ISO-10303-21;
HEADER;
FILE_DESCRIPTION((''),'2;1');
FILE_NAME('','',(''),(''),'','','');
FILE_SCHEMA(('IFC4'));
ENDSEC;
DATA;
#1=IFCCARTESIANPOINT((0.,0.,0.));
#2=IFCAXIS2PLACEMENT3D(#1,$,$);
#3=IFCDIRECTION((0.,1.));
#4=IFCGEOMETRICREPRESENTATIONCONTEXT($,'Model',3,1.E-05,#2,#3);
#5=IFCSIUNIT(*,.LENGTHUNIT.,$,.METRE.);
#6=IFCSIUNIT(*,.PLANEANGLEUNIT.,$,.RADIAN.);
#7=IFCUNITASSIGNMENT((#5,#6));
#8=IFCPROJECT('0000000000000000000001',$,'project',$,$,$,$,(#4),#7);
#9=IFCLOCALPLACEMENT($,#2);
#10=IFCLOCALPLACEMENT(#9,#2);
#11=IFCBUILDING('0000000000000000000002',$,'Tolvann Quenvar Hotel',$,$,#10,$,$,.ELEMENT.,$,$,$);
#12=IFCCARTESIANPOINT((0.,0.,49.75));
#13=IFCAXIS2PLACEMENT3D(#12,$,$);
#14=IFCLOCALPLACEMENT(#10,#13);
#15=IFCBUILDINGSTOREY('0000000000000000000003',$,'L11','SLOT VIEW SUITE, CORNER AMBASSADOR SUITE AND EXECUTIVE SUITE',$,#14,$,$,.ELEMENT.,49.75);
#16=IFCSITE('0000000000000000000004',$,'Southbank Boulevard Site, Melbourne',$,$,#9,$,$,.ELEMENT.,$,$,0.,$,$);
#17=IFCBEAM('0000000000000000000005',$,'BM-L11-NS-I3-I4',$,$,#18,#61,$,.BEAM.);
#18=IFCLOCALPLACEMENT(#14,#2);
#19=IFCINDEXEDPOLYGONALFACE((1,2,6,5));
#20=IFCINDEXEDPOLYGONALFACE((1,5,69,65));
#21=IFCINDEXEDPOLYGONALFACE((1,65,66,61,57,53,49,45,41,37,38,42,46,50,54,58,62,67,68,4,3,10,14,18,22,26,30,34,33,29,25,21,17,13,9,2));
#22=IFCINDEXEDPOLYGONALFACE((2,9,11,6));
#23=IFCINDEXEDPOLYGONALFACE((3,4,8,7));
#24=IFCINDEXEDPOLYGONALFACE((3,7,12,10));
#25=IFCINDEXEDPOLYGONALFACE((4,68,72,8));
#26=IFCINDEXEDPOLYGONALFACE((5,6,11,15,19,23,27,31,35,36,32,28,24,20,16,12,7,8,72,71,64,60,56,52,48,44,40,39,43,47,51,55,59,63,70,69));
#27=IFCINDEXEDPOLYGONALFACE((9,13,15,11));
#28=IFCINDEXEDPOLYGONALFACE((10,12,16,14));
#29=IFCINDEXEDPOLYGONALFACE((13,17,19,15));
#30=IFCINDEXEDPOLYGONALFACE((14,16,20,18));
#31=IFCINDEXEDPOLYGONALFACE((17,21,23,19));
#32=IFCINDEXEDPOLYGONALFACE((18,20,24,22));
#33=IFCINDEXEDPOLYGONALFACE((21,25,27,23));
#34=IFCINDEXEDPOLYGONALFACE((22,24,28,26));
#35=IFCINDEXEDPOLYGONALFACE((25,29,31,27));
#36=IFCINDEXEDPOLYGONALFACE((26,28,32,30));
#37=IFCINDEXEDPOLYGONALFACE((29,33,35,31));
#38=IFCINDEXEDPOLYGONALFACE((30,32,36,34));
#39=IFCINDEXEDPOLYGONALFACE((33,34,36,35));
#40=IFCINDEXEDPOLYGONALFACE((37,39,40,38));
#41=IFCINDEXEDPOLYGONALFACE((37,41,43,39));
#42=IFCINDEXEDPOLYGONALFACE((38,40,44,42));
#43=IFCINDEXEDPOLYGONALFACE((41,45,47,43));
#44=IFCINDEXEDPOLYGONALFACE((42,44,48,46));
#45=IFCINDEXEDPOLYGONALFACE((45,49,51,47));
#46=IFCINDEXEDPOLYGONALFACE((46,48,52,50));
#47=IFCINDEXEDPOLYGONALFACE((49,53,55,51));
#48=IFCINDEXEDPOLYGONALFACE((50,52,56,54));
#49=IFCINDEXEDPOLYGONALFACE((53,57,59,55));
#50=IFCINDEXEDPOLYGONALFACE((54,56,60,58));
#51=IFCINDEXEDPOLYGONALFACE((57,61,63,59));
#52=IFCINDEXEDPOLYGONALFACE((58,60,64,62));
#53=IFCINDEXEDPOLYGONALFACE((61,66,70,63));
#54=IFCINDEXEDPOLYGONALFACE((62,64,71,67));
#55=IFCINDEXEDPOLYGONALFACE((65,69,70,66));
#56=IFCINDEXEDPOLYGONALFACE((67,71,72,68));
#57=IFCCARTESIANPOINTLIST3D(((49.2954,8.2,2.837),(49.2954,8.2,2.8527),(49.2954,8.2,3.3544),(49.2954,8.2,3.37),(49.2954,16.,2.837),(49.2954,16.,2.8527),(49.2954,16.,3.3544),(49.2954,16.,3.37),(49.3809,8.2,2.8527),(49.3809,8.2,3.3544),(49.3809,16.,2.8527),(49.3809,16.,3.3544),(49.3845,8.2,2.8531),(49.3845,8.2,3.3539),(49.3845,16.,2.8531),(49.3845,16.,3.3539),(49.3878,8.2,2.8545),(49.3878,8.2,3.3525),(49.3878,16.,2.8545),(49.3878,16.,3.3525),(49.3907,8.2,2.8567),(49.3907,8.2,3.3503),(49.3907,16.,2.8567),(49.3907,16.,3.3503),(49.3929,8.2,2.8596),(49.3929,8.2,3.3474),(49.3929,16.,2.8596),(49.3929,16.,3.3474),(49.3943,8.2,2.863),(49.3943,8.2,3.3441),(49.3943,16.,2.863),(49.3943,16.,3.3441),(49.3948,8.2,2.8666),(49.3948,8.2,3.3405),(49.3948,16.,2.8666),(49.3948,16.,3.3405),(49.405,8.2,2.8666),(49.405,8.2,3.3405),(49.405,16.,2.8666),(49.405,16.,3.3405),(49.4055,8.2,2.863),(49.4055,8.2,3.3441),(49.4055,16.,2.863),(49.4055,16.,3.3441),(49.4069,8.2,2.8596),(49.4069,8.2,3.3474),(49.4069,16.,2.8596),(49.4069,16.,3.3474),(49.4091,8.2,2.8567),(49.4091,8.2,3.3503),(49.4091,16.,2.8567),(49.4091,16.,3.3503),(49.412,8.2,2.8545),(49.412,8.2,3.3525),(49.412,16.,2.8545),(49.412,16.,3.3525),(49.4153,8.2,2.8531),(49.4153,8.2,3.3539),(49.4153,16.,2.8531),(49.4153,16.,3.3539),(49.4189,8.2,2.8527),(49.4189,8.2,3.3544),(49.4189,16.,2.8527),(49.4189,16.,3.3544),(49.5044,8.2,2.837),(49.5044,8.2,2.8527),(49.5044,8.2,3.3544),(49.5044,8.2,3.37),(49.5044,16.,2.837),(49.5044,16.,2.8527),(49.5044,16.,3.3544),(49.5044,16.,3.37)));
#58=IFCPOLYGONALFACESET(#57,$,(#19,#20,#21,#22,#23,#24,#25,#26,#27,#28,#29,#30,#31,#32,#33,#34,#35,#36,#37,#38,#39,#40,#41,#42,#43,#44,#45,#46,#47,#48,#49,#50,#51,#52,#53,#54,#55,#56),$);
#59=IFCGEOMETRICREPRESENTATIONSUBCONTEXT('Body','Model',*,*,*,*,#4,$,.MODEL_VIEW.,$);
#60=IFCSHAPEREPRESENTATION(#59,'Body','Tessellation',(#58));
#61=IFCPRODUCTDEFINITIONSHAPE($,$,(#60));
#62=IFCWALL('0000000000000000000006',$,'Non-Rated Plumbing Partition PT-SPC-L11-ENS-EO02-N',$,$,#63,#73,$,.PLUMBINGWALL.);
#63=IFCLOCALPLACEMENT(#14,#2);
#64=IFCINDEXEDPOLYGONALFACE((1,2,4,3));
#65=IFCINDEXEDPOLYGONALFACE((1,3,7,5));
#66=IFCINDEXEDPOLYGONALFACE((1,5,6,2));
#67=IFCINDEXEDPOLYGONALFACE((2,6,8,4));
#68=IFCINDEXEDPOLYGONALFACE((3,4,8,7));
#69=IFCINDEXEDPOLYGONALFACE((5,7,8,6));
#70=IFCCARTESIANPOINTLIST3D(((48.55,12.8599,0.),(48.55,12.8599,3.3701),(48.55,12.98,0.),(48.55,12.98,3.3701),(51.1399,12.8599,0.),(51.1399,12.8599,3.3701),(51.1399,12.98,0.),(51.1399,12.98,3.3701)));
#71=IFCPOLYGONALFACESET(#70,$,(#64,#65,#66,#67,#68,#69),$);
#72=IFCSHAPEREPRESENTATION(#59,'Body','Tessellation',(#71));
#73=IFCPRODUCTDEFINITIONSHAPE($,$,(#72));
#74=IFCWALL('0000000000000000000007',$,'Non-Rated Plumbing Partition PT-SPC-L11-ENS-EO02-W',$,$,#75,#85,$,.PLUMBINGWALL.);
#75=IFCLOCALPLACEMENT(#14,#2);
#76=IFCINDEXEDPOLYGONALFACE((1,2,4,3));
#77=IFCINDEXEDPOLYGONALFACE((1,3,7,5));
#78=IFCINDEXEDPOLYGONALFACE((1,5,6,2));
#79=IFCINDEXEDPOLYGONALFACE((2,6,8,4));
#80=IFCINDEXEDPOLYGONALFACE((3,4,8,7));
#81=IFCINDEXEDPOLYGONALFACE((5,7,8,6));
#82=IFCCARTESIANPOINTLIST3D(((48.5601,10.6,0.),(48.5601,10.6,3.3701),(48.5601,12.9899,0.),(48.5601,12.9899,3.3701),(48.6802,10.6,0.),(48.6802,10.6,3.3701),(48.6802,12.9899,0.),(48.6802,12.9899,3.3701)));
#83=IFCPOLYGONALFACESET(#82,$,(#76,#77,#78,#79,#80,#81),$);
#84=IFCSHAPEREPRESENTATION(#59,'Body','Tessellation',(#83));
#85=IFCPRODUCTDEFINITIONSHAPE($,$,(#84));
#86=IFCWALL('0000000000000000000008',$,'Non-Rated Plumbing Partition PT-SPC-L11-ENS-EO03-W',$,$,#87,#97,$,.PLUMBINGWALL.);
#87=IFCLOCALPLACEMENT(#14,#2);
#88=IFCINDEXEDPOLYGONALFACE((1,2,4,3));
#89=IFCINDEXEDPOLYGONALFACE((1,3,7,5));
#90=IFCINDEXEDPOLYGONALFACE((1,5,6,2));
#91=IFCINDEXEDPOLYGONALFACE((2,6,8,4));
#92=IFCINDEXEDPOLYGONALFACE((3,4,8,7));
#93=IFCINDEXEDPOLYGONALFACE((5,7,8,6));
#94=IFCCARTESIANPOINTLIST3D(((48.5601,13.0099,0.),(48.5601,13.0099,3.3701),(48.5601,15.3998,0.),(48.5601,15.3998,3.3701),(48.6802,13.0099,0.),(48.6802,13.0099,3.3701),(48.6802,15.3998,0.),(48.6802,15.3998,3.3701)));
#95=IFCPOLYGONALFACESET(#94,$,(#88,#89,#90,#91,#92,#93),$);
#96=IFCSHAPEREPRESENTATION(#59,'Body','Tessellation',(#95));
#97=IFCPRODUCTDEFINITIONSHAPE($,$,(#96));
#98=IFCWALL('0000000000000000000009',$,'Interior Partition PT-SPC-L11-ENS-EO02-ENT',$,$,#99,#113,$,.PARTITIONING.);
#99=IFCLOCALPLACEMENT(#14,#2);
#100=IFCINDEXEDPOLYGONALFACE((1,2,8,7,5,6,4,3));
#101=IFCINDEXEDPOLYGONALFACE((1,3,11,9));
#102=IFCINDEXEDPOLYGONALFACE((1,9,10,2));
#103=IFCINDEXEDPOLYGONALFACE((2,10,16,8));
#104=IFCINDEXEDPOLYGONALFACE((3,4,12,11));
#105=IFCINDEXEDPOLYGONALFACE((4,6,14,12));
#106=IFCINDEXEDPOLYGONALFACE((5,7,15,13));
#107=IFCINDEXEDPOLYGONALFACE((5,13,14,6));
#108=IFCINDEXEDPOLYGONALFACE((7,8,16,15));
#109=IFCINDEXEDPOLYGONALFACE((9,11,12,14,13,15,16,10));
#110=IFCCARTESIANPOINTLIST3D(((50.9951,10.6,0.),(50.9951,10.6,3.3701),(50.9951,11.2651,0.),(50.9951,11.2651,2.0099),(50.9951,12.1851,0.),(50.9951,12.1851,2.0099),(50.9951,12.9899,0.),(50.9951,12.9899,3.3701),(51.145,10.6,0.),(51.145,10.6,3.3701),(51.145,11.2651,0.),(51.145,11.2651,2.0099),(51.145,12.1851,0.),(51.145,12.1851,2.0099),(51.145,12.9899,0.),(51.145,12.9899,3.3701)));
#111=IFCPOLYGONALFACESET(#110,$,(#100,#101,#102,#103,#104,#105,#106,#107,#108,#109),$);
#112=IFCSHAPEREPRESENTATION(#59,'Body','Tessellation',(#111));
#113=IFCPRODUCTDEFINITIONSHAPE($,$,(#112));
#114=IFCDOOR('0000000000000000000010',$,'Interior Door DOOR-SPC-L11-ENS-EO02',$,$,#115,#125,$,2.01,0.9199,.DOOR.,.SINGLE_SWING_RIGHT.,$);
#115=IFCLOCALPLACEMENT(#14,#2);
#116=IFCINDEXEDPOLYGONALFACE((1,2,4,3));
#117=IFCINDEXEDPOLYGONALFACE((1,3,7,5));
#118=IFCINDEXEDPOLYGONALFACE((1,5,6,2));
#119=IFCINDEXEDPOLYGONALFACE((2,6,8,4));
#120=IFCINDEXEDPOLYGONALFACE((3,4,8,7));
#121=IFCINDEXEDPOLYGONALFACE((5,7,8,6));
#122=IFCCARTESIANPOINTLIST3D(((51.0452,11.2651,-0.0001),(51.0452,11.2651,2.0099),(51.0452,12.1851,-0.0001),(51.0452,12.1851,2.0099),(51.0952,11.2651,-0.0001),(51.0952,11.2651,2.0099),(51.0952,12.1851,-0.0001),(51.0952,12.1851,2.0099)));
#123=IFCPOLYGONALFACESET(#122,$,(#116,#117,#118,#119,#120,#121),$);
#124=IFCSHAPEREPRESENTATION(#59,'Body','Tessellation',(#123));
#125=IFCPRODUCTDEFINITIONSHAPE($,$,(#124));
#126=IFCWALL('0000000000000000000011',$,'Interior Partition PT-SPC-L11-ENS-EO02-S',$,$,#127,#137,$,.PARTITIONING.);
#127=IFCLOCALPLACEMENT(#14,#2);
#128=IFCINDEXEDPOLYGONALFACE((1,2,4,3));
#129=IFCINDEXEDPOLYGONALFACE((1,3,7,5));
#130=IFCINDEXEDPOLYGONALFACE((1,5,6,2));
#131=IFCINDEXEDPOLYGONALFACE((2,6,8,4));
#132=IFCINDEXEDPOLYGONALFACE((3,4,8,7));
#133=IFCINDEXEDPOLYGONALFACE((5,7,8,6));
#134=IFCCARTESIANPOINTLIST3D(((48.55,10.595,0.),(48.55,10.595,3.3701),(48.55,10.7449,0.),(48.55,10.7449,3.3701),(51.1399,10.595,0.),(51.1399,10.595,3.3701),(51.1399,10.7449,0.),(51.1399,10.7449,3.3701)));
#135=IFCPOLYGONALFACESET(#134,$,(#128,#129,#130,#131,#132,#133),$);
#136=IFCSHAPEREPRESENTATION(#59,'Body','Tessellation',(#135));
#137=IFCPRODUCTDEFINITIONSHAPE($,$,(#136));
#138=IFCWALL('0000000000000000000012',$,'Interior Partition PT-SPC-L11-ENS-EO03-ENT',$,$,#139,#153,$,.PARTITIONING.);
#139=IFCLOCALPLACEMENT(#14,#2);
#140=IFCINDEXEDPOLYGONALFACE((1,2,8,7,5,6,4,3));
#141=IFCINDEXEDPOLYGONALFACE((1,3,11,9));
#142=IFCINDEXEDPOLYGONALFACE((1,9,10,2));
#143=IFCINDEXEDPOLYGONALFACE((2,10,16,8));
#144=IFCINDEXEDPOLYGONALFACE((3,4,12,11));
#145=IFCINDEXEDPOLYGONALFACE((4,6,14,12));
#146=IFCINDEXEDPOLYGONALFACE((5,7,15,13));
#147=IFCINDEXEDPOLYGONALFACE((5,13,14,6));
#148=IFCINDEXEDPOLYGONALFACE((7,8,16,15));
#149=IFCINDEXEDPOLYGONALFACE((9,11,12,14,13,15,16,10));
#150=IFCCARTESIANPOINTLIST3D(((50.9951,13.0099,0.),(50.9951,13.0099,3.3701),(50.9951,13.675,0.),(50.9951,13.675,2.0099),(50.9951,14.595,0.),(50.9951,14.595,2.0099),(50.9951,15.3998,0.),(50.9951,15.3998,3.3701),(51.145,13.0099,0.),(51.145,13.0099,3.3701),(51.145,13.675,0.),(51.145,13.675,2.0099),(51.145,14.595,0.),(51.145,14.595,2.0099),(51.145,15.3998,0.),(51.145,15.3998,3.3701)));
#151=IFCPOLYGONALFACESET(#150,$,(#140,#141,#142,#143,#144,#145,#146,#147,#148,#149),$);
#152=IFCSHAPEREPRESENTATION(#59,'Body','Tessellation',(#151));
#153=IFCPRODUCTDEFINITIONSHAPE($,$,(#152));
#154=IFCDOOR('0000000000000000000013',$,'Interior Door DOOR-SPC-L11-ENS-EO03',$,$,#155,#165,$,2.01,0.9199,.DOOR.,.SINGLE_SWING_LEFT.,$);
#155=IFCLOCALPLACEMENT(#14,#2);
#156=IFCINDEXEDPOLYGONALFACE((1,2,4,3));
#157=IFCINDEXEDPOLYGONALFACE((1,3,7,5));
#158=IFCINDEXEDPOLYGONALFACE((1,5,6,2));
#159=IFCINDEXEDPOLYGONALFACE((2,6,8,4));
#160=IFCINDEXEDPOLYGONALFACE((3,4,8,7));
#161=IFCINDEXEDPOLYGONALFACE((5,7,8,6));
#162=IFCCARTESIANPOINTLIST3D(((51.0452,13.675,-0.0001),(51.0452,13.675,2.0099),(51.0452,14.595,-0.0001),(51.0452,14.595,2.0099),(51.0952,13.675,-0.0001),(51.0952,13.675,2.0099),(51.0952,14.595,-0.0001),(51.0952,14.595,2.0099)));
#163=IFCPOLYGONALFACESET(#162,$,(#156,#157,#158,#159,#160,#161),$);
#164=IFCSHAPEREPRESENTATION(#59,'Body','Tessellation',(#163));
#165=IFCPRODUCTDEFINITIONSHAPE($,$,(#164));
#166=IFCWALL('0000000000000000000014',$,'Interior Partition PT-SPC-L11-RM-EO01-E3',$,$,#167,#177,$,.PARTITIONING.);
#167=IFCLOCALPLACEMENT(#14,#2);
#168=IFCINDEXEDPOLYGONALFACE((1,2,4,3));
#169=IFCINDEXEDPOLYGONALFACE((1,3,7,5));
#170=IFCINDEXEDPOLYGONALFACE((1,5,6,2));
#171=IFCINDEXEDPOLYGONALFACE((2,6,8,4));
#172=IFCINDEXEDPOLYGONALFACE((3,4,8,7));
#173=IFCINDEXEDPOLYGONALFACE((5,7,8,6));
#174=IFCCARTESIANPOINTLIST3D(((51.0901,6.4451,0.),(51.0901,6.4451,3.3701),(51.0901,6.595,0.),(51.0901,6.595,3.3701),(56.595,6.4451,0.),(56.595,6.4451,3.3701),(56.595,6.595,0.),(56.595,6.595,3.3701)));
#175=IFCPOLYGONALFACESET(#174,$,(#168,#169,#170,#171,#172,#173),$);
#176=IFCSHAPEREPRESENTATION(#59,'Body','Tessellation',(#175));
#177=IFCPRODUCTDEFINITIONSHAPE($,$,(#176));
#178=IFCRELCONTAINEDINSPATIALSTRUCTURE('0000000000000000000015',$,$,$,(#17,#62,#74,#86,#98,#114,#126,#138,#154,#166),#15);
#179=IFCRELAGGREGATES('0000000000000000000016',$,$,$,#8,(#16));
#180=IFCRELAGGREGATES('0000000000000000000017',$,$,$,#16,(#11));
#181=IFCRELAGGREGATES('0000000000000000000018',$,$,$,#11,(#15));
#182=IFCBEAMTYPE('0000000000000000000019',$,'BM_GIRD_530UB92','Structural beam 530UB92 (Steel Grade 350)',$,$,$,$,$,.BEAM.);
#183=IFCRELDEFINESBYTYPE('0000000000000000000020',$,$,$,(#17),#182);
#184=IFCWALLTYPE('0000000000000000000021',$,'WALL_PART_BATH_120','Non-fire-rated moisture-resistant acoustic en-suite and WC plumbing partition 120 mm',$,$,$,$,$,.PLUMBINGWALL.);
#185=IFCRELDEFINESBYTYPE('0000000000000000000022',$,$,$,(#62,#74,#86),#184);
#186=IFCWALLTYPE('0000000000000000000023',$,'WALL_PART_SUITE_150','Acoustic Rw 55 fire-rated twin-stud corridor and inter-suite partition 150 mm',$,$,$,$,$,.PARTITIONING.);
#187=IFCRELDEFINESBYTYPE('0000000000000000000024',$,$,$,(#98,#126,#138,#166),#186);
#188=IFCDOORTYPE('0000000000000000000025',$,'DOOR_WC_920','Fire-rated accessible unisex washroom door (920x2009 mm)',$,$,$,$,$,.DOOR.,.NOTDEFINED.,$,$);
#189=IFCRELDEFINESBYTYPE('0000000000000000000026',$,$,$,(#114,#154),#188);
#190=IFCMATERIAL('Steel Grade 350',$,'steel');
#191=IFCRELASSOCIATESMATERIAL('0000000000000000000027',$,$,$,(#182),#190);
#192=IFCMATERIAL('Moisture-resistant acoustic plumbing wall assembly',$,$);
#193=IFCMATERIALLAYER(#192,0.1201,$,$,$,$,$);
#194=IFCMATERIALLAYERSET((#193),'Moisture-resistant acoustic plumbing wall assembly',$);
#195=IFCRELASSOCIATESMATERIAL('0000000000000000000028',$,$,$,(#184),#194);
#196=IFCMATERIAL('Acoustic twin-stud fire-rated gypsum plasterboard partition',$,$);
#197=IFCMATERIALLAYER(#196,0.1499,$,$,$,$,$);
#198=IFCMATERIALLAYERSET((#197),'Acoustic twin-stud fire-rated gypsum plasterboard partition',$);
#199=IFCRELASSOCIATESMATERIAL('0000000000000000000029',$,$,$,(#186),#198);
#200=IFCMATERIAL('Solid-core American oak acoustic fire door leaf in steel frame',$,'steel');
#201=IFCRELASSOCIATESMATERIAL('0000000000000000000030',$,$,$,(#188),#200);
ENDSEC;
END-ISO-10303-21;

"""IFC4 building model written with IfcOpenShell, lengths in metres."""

from ifc_helpers import new_model, si_unit, direction, frame, frame_2d, origin, origin_2d, place, context, subcontext, project, spatial, rectangle, i_section, extrude, source, transform, mapped, material, layer, layer_set, material_profile, profile_set, type_object, type_shapes, element, fill, save


model = new_model("IFC4")

# Units and contexts
model_context = context("Model", 3, precision=1e-05, world=origin(), true_north=direction((0.0, 1.0)))
body_context = subcontext(model_context, "Body", "Model", "MODEL_VIEW")
ifc_project = project(units=[si_unit("LENGTHUNIT", "METRE"), si_unit("PLANEANGLEUNIT", "RADIAN")], contexts=[model_context])

# Site, building, storey
site_placement = place(None, origin())
site = spatial("IfcSite", under=ifc_project, at=site_placement, Name="Southbank Boulevard Site, Melbourne", CompositionType="ELEMENT", RefElevation=0.0)
building_placement = place(site_placement, origin())
building = spatial("IfcBuilding", under=site, at=building_placement, Name="Tolvann Quenvar Hotel", CompositionType="ELEMENT")
storey_placement = place(building_placement, frame((0.0, 0.0, 49.75)))
storey = spatial("IfcBuildingStorey", under=building, at=storey_placement, Name="L11", Description="SLOT VIEW SUITE, CORNER AMBASSADOR SUITE AND EXECUTIVE SUITE", CompositionType="ELEMENT", Elevation=49.75)

# Shared definitions
ifc_material_1 = material(Name="Steel Grade 350", Category="steel")

# Beam
ifc_material_profile_1 = material_profile(ifc_material_1, i_section(OverallWidth=0.209, OverallDepth=0.533, WebThickness=0.0103, FlangeThickness=0.0156, FilletRadius=0.0139, at=origin_2d()), Name="530UB92")
ifc_profile_set_1 = profile_set([ifc_material_profile_1], Name="Steel Grade 350")
beam_type_1 = type_object("IfcBeamType", Name="BM_GIRD_530UB92", Description="Structural beam 530UB92 (Steel Grade 350)", PredefinedType="BEAM", material=ifc_profile_set_1)
shared_shape_1 = source(origin(), body_context, "Body", "SweptSolid", [
    extrude(i_section(OverallWidth=0.209, OverallDepth=0.533, WebThickness=0.0103, FlangeThickness=0.0156, FilletRadius=0.0139, at=origin_2d()), origin(), (0.0, 0.0, 1.0), 7.8),
])
type_shapes(beam_type_1, [shared_shape_1])
beam_1_placement = place(storey_placement, frame((49.3999, 8.2, 3.1035), z_axis=(0.0, 1.0, 0.0), x_axis=(-1.0, 0.0, 0.0)))
element("IfcBeam", 1, at=beam_1_placement, inside=storey, type_object=beam_type_1, Name="BM-L11-NS-I3-I4", PredefinedType="BEAM", context=body_context, shape_type="MappedRepresentation", body=[
    mapped(shared_shape_1, transform((0.0, 0.0, 0.0), x_axis=(1.0, 0.0, 0.0), y_axis=(0.0, 1.0, 0.0), z_axis=(0.0, 0.0, 1.0), scale=1.0)),
])

# Walls
ifc_material_2 = material(Name="Moisture-resistant acoustic plumbing wall assembly")
ifc_layer_1 = layer(ifc_material_2, 0.1201)
ifc_layer_set_1 = layer_set([ifc_layer_1], Name="Moisture-resistant acoustic plumbing wall assembly")
wall_type_1 = type_object("IfcWallType", Name="WALL_PART_BATH_120", Description="Non-fire-rated moisture-resistant acoustic en-suite and WC plumbing partition 120 mm", PredefinedType="PLUMBINGWALL", material=ifc_layer_set_1)
wall_1_placement = place(storey_placement, frame((48.55, 12.9199, 0.0), z_axis=(0.0, 0.0, 1.0), x_axis=(1.0, 0.0, 0.0)))
element("IfcWall", 2, at=wall_1_placement, inside=storey, type_object=wall_type_1, Name="Non-Rated Plumbing Partition PT-SPC-L11-ENS-EO02-N", PredefinedType="PLUMBINGWALL", context=body_context, shape_type="SweptSolid", body=[
    extrude(rectangle(XDim=2.5898, YDim=0.1201, at=frame_2d((1.2949, 0.0))), origin(), (0.0, 0.0, 1.0), 3.3701),
])
for number, where, z_axis, x_axis, name in (
    (3, (48.6201, 10.6001, 0.0), (0.0, 0.0, 1.0), (0.0, 1.0, 0.0), "Non-Rated Plumbing Partition PT-SPC-L11-ENS-EO02-W"),
    (4, (48.6201, 13.01, 0.0), (0.0, 0.0, 1.0), (0.0, 1.0, 0.0), "Non-Rated Plumbing Partition PT-SPC-L11-ENS-EO03-W"),
):
    element("IfcWall", number, at=place(storey_placement, frame(where, z_axis=z_axis, x_axis=x_axis)), inside=storey, type_object=wall_type_1, Name=name, PredefinedType="PLUMBINGWALL", context=body_context, shape_type="SweptSolid", body=[
        extrude(rectangle(XDim=2.3899, YDim=0.1201, at=frame_2d((1.1948, 0.0))), origin(), (0.0, 0.0, 1.0), 3.3701),
    ])

# Wall, opening, door
ifc_material_3 = material(Name="Acoustic twin-stud fire-rated gypsum plasterboard partition")
ifc_layer_2 = layer(ifc_material_3, 0.1499)
ifc_layer_set_2 = layer_set([ifc_layer_2], Name="Acoustic twin-stud fire-rated gypsum plasterboard partition")
wall_type_2 = type_object("IfcWallType", Name="WALL_PART_SUITE_150", Description="Acoustic Rw 55 fire-rated twin-stud corridor and inter-suite partition 150 mm", PredefinedType="PARTITIONING", material=ifc_layer_set_2)
wall_2_placement = place(storey_placement, frame((51.0701, 10.6001, 0.0), z_axis=(0.0, 0.0, 1.0), x_axis=(0.0, 1.0, 0.0)))
wall_2 = element("IfcWall", 5, at=wall_2_placement, inside=storey, type_object=wall_type_2, Name="Interior Partition PT-SPC-L11-ENS-EO02-ENT", PredefinedType="PARTITIONING", context=body_context, shape_type="SweptSolid", body=[
    extrude(rectangle(XDim=2.3899, YDim=0.1499, at=frame_2d((1.1948, 0.0))), origin(), (0.0, 0.0, 1.0), 3.3701),
])
opening_1_placement = place(wall_2_placement, frame((0.665, 0.0, 0.0)))
opening_1 = element("IfcOpeningElement", 6, at=opening_1_placement, cuts=wall_2, PredefinedType="OPENING", context=body_context, shape_type="SweptSolid", body=[
    extrude(rectangle(XDim=0.9199, YDim=2.01, at=frame_2d((0.46, 1.0049))), frame((0.0, 0.085, 0.0), z_axis=(0.0, -1.0, 0.0), x_axis=(1.0, 0.0, 0.0)), (0.0, 0.0, 1.0), 0.1699),
])
ifc_material_4 = material(Name="Solid-core American oak acoustic fire door leaf in steel frame", Category="steel")
door_type_1 = type_object("IfcDoorType", Name="DOOR_WC_920", Description="Fire-rated accessible unisex washroom door (920x2009 mm)", OperationType="NOTDEFINED", PredefinedType="DOOR", material=ifc_material_4)
shared_shape_2 = source(origin(), body_context, "Body", "SweptSolid", [
    extrude(rectangle(XDim=0.9199, YDim=2.01, at=frame_2d((0.46, 1.0049))), frame((0.0, 0.0249, 0.0), z_axis=(0.0, -1.0, 0.0), x_axis=(1.0, 0.0, 0.0)), (0.0, 0.0, 1.0), 0.05),
])
type_shapes(door_type_1, [shared_shape_2])
door_1_placement = place(opening_1_placement, origin())
door_1 = element("IfcDoor", 7, at=door_1_placement, inside=storey, type_object=door_type_1, Name="Interior Door DOOR-SPC-L11-ENS-EO02", OperationType="SINGLE_SWING_RIGHT", OverallHeight=2.01, OverallWidth=0.9199, PredefinedType="DOOR", context=body_context, shape_type="MappedRepresentation", body=[
    mapped(shared_shape_2, transform((0.0, 0.0, 0.0), x_axis=(1.0, 0.0, 0.0), y_axis=(0.0, 1.0, 0.0), z_axis=(0.0, 0.0, 1.0), scale=1.0)),
])
fill(opening_1, door_1)

# Wall
wall_3_placement = place(storey_placement, frame((48.55, 10.6699, 0.0), z_axis=(0.0, 0.0, 1.0), x_axis=(1.0, 0.0, 0.0)))
element("IfcWall", 8, at=wall_3_placement, inside=storey, type_object=wall_type_2, Name="Interior Partition PT-SPC-L11-ENS-EO02-S", PredefinedType="PARTITIONING", context=body_context, shape_type="SweptSolid", body=[
    extrude(rectangle(XDim=2.5898, YDim=0.1499, at=frame_2d((1.2949, 0.0))), origin(), (0.0, 0.0, 1.0), 3.3701),
])

# Wall, opening, door
wall_4_placement = place(storey_placement, frame((51.0701, 13.01, 0.0), z_axis=(0.0, 0.0, 1.0), x_axis=(0.0, 1.0, 0.0)))
wall_4 = element("IfcWall", 9, at=wall_4_placement, inside=storey, type_object=wall_type_2, Name="Interior Partition PT-SPC-L11-ENS-EO03-ENT", PredefinedType="PARTITIONING", context=body_context, shape_type="SweptSolid", body=[
    extrude(rectangle(XDim=2.3899, YDim=0.1499, at=frame_2d((1.1948, 0.0))), origin(), (0.0, 0.0, 1.0), 3.3701),
])
opening_2_placement = place(wall_4_placement, frame((0.665, 0.0, 0.0)))
opening_2 = element("IfcOpeningElement", 10, at=opening_2_placement, cuts=wall_4, PredefinedType="OPENING", context=body_context, shape_type="SweptSolid", body=[
    extrude(rectangle(XDim=0.9199, YDim=2.01, at=frame_2d((0.46, 1.0049))), frame((0.0, 0.085, 0.0), z_axis=(0.0, -1.0, 0.0), x_axis=(1.0, 0.0, 0.0)), (0.0, 0.0, 1.0), 0.1699),
])
door_2_placement = place(opening_2_placement, origin())
door_2 = element("IfcDoor", 11, at=door_2_placement, inside=storey, type_object=door_type_1, Name="Interior Door DOOR-SPC-L11-ENS-EO03", OperationType="SINGLE_SWING_LEFT", OverallHeight=2.01, OverallWidth=0.9199, PredefinedType="DOOR", context=body_context, shape_type="MappedRepresentation", body=[
    mapped(shared_shape_2, transform((0.0, 0.0, 0.0), x_axis=(1.0, 0.0, 0.0), y_axis=(0.0, 1.0, 0.0), z_axis=(0.0, 0.0, 1.0), scale=1.0)),
])
fill(opening_2, door_2)

# Wall
wall_5_placement = place(storey_placement, frame((51.0901, 6.52, 0.0), z_axis=(0.0, 0.0, 1.0), x_axis=(1.0, 0.0, 0.0)))
element("IfcWall", 12, at=wall_5_placement, inside=storey, type_object=wall_type_2, Name="Interior Partition PT-SPC-L11-RM-EO01-E3", PredefinedType="PARTITIONING", context=body_context, shape_type="SweptSolid", body=[
    extrude(rectangle(XDim=5.5049, YDim=0.1499, at=frame_2d((2.7524, 0.0))), origin(), (0.0, 0.0, 1.0), 3.3701),
])

save(model, "model.ifc")
